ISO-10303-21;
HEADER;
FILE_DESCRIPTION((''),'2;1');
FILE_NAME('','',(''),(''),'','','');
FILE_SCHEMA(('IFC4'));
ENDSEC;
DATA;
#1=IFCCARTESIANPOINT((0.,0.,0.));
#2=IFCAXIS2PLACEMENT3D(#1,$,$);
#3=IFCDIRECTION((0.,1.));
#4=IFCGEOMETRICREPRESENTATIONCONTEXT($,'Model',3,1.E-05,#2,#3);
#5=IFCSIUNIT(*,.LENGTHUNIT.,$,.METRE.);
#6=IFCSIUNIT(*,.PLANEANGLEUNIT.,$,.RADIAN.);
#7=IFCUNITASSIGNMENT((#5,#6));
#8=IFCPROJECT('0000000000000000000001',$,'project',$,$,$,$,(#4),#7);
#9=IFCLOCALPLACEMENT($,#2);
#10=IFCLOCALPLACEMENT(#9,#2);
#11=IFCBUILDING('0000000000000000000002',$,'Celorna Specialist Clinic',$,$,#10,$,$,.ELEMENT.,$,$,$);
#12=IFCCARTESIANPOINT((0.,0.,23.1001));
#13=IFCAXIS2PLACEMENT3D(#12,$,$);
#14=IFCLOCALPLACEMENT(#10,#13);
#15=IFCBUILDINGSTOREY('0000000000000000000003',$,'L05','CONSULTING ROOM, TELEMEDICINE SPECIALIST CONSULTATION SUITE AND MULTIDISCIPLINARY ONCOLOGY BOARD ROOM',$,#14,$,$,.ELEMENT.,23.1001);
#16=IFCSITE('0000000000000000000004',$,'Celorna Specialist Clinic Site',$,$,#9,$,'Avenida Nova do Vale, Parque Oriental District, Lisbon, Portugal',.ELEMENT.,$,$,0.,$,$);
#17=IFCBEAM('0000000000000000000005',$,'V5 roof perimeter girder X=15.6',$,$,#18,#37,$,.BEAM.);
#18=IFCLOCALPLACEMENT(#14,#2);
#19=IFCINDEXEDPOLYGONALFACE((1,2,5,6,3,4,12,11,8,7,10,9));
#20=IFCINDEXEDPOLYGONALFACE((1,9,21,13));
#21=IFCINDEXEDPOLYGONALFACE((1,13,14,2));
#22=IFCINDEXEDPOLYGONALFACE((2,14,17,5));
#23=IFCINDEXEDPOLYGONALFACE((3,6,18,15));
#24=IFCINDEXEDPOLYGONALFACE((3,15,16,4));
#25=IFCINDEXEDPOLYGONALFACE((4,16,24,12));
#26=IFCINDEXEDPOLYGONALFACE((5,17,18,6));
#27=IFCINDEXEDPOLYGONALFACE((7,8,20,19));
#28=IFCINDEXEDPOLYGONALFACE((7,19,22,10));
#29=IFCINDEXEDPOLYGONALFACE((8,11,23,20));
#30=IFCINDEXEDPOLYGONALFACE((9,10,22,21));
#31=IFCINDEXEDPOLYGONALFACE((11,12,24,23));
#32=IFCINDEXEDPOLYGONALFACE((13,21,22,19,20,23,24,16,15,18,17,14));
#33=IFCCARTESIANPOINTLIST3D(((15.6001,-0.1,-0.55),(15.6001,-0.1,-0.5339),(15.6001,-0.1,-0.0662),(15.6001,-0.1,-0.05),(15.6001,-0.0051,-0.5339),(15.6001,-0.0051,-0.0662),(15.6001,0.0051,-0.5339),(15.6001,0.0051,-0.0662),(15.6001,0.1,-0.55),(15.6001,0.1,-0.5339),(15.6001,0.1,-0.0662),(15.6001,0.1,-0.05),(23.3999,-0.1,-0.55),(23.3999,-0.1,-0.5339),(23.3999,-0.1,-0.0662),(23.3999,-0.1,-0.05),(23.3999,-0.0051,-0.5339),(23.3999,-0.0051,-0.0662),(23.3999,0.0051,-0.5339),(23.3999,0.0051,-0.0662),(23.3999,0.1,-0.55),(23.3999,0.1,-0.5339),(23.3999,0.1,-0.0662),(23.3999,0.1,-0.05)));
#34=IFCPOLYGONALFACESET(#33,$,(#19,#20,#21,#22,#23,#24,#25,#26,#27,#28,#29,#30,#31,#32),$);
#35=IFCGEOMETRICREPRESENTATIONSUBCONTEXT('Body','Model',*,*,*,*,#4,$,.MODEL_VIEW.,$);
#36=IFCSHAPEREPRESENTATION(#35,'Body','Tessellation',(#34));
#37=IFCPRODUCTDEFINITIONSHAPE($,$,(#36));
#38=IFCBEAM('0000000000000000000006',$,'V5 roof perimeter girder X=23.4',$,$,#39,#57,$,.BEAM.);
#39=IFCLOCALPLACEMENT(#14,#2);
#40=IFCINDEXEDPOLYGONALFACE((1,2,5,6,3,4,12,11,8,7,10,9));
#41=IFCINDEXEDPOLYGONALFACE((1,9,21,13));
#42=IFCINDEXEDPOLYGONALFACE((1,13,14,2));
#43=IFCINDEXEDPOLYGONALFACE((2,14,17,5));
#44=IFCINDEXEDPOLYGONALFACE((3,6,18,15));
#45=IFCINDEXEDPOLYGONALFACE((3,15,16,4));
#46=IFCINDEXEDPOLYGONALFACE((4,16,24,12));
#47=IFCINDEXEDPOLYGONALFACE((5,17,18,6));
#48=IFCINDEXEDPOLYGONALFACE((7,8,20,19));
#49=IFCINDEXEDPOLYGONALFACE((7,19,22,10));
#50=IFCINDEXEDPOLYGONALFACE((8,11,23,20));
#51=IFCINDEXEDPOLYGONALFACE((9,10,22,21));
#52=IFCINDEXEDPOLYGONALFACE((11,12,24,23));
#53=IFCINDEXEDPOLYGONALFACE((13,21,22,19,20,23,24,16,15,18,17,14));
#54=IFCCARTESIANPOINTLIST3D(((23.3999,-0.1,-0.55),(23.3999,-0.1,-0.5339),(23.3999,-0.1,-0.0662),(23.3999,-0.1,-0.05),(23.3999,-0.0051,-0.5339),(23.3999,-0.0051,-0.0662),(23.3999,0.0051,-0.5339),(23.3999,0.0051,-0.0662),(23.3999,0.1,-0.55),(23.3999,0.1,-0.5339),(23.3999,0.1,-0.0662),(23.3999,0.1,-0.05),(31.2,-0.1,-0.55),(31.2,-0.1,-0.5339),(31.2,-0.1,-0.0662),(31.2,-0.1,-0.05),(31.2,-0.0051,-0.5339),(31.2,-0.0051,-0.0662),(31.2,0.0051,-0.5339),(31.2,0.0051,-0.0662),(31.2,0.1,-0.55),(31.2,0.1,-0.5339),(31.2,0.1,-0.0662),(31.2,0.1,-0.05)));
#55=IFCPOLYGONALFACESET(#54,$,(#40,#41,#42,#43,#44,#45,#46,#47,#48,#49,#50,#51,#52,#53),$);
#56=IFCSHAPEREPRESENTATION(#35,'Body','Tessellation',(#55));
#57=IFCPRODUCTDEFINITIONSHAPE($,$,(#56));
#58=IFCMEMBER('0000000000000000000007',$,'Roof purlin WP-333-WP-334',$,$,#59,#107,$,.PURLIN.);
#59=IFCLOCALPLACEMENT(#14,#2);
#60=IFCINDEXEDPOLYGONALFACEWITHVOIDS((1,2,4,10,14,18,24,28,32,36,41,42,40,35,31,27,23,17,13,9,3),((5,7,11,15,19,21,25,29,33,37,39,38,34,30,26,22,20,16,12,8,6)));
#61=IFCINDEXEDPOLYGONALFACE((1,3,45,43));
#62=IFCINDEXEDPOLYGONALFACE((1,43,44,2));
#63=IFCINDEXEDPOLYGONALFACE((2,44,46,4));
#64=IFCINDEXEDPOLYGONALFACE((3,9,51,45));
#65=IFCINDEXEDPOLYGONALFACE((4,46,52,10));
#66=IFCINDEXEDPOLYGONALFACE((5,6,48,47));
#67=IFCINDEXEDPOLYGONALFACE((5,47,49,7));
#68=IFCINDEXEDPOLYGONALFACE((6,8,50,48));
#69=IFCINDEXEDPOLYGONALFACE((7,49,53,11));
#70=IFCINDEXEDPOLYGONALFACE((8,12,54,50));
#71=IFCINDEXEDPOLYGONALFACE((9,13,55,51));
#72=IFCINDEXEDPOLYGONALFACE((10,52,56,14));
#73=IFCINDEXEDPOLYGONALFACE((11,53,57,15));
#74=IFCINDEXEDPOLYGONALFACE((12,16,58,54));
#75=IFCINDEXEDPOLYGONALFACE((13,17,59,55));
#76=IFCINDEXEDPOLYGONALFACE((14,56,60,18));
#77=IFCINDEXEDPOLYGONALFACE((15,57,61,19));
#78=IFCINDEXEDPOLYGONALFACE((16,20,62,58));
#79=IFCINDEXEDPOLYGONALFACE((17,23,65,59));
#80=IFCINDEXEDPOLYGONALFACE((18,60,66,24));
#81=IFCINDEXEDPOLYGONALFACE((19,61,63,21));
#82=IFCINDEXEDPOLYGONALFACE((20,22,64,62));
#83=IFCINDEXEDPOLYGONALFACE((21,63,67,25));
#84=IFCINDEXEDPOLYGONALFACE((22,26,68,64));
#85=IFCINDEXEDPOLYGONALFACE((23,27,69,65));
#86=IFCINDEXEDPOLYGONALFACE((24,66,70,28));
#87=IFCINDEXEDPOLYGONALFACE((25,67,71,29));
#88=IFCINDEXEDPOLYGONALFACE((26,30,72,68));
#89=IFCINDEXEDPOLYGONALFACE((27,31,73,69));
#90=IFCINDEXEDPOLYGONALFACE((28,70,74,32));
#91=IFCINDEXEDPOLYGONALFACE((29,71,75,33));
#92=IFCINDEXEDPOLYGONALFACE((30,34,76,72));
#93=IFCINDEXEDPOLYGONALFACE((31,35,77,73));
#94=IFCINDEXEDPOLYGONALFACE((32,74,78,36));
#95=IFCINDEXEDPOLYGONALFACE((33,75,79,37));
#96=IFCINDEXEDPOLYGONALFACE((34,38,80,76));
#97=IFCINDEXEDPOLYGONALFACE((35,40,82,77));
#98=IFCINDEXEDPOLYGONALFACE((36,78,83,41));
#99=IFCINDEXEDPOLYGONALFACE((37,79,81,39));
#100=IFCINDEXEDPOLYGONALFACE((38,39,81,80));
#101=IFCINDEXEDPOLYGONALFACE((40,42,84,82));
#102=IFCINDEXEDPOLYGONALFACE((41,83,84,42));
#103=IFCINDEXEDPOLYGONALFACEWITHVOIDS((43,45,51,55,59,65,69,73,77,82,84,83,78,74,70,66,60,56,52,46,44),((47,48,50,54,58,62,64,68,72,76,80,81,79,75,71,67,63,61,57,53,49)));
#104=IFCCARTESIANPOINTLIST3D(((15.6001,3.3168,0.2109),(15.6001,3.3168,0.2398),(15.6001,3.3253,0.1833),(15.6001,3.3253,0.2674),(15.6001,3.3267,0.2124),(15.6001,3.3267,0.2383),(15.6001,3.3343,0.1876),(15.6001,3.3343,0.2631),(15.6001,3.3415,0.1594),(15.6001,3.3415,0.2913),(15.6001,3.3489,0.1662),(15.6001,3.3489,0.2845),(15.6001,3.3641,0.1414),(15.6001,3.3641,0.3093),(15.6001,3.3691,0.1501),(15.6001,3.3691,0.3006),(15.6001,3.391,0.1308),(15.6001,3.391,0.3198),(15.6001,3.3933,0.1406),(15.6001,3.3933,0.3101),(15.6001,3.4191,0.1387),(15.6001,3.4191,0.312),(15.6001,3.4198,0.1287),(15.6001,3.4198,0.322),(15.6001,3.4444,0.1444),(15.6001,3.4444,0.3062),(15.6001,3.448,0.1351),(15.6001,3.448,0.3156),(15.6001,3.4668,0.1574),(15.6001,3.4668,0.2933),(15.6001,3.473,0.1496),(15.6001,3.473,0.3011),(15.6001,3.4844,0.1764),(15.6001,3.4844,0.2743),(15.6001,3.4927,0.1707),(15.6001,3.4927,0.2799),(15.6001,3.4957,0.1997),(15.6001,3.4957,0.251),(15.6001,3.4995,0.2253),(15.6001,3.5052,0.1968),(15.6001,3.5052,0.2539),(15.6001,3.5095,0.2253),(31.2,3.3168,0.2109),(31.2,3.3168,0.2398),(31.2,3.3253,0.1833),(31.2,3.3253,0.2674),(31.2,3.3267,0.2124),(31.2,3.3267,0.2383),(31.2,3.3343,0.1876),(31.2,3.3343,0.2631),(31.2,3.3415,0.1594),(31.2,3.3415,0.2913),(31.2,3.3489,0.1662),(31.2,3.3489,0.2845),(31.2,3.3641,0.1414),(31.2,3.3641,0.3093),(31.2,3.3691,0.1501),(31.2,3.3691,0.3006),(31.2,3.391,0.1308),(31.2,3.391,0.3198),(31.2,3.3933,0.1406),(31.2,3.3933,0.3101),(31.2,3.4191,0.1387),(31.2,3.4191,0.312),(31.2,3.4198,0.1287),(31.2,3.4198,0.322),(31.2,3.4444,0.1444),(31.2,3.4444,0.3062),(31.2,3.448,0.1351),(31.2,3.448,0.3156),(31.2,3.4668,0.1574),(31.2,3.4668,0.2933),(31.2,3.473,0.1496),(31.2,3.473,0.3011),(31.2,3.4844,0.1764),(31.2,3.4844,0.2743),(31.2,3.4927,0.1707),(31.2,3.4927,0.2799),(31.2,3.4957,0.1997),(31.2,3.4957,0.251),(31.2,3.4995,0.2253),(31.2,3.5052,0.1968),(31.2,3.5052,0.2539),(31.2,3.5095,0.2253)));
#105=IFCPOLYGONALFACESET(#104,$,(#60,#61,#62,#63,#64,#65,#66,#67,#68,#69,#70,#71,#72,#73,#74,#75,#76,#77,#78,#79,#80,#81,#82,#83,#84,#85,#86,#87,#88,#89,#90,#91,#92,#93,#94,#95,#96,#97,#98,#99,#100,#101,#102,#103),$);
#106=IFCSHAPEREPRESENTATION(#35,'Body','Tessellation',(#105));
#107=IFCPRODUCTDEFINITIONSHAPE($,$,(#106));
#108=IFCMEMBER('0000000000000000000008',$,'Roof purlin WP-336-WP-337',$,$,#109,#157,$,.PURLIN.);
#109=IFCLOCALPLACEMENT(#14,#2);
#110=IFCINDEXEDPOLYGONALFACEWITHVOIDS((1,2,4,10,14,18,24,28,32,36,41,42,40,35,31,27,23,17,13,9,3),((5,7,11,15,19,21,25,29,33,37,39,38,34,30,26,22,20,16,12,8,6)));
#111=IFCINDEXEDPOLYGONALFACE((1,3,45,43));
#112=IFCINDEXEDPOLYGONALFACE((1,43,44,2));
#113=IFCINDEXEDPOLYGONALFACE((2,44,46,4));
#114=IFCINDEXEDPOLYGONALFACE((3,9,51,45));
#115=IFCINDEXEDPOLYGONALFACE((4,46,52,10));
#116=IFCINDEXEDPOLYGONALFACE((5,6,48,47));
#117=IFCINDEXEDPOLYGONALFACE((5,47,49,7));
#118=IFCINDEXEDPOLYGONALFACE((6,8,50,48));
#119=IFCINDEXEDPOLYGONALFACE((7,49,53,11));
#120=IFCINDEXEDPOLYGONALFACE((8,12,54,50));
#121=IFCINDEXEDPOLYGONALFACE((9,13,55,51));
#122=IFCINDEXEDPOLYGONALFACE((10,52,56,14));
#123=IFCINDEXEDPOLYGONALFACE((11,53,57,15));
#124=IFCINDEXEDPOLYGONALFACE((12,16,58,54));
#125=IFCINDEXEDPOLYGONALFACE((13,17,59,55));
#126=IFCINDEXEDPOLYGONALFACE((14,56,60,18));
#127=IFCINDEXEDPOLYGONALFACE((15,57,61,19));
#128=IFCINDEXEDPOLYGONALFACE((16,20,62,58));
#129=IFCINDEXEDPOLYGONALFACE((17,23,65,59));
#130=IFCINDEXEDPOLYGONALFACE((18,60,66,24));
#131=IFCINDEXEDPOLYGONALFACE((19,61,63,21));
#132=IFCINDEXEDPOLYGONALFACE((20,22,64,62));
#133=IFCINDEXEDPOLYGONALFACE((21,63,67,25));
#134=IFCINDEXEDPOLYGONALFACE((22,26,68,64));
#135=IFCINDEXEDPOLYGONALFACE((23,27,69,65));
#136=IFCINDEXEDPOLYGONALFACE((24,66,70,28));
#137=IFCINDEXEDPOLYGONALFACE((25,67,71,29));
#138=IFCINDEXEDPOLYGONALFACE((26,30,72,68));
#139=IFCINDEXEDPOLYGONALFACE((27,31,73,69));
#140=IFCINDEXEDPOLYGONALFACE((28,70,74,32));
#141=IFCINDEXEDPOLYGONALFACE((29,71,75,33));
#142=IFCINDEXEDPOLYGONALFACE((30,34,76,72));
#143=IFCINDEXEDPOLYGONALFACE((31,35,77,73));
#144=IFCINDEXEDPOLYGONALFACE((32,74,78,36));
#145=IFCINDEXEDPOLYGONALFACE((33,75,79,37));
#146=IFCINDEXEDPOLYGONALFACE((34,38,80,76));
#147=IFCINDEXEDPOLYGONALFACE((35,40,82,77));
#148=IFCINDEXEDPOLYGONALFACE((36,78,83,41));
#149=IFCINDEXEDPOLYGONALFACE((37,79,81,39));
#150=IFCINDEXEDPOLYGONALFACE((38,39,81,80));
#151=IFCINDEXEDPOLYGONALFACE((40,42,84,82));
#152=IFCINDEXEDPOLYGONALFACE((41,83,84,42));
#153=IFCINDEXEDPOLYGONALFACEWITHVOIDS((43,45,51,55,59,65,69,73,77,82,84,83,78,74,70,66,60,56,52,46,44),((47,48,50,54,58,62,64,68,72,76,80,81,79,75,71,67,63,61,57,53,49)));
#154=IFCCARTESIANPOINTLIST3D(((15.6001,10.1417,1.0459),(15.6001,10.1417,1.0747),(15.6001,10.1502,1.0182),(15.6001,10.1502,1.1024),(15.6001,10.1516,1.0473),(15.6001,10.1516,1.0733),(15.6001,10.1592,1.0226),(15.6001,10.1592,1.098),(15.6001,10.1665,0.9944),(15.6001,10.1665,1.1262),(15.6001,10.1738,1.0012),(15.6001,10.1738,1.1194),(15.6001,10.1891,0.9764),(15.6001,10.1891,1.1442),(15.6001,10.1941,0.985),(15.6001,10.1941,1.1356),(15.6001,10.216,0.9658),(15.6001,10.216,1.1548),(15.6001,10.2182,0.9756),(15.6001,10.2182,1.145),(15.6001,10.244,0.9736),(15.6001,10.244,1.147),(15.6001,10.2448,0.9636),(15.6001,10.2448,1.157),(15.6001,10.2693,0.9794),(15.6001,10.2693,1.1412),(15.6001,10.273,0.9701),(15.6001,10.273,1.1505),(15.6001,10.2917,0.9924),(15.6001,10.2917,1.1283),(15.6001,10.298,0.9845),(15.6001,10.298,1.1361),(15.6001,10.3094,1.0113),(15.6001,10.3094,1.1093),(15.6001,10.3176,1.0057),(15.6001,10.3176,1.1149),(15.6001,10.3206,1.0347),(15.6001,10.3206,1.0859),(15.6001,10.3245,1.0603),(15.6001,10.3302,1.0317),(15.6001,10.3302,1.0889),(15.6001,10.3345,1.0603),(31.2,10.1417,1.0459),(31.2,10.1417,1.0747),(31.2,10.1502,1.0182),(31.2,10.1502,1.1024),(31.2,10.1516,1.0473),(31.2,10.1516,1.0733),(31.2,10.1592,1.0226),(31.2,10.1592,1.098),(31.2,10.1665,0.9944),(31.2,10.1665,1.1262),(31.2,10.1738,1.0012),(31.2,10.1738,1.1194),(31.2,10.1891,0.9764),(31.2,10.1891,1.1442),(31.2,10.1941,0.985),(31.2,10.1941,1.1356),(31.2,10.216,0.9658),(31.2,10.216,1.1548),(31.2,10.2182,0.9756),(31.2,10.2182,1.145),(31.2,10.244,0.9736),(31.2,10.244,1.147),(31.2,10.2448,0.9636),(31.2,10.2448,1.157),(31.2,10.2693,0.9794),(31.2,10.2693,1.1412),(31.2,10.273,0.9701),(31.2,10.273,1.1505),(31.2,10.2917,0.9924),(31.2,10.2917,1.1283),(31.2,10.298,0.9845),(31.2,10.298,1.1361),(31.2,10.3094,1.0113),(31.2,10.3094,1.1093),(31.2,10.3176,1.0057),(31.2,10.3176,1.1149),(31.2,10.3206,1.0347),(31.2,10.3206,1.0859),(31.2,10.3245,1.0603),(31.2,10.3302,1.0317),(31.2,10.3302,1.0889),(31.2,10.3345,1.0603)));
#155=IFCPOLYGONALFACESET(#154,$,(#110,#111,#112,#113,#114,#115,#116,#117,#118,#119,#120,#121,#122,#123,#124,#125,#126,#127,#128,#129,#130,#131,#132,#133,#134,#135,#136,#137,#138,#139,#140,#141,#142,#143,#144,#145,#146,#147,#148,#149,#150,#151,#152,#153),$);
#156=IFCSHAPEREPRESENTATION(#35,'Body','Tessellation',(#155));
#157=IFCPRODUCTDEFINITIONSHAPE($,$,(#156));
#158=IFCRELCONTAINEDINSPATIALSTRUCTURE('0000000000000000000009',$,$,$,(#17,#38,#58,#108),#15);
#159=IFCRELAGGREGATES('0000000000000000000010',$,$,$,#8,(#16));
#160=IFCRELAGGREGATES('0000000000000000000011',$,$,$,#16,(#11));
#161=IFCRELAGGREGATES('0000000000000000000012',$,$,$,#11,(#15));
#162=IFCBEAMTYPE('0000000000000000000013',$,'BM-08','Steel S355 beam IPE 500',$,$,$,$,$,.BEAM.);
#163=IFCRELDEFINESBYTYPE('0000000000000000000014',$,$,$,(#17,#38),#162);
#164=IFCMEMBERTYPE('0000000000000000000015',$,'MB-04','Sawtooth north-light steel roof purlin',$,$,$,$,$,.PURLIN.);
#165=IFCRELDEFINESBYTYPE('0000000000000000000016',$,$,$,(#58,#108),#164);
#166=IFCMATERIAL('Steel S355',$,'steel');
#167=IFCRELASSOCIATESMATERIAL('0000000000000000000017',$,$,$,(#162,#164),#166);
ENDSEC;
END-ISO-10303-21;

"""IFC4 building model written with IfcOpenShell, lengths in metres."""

from ifc_helpers import new_model, si_unit, direction, frame, origin, origin_2d, place, context, subcontext, project, spatial, hollow_circle, i_section, extrude, material, material_profile, profile_set, type_object, element, save


model = new_model("IFC4")

# Units and contexts
model_context = context("Model", 3, precision=1e-05, world=origin(), true_north=direction((0.0, 1.0)))
body_context = subcontext(model_context, "Body", "Model", "MODEL_VIEW")
ifc_project = project(units=[si_unit("LENGTHUNIT", "METRE"), si_unit("PLANEANGLEUNIT", "RADIAN")], contexts=[model_context])

# Site, building, storey
site_placement = place(None, origin())
site = spatial("IfcSite", under=ifc_project, at=site_placement, Name="Celorna Specialist Clinic Site", LongName="Avenida Nova do Vale, Parque Oriental District, Lisbon, Portugal", CompositionType="ELEMENT", RefElevation=0.0)
building_placement = place(site_placement, origin())
building = spatial("IfcBuilding", under=site, at=building_placement, Name="Celorna Specialist Clinic", CompositionType="ELEMENT")
storey_placement = place(building_placement, frame((0.0, 0.0, 23.1001)))
storey = spatial("IfcBuildingStorey", under=building, at=storey_placement, Name="L05", Description="CONSULTING ROOM, TELEMEDICINE SPECIALIST CONSULTATION SUITE AND MULTIDISCIPLINARY ONCOLOGY BOARD ROOM", CompositionType="ELEMENT", Elevation=23.1001)

# Beams
ifc_material_1 = material(Name="Steel S355", Category="steel")
ifc_material_profile_1 = material_profile(ifc_material_1, i_section(OverallWidth=0.2, OverallDepth=0.5, WebThickness=0.0103, FlangeThickness=0.0161, at=origin_2d()), Name="IPE 500")
ifc_profile_set_1 = profile_set([ifc_material_profile_1], Name="Steel S355")
beam_type = type_object("IfcBeamType", Name="BM-08", Description="Steel S355 beam IPE 500", PredefinedType="BEAM", material=ifc_profile_set_1)
beam_1_placement = place(storey_placement, frame((15.6001, 0.0, -0.3), z_axis=(1.0, 0.0, 0.0), x_axis=(0.0, 1.0, 0.0)))
element("IfcBeam", 1, at=beam_1_placement, inside=storey, type_object=beam_type, Name="V5 roof perimeter girder X=15.6", PredefinedType="BEAM", context=body_context, shape_type="SweptSolid", body=[
    extrude(i_section(OverallWidth=0.2, OverallDepth=0.5, WebThickness=0.0103, FlangeThickness=0.0161, at=origin_2d()), origin(), (0.0, 0.0, 1.0), 7.7998),
])
beam_2_placement = place(storey_placement, frame((23.3999, 0.0, -0.3), z_axis=(1.0, 0.0, 0.0), x_axis=(0.0, 1.0, 0.0)))
element("IfcBeam", 2, at=beam_2_placement, inside=storey, type_object=beam_type, Name="V5 roof perimeter girder X=23.4", PredefinedType="BEAM", context=body_context, shape_type="SweptSolid", body=[
    extrude(i_section(OverallWidth=0.2, OverallDepth=0.5, WebThickness=0.0103, FlangeThickness=0.0161, at=origin_2d()), origin(), (0.0, 0.0, 1.0), 7.8),
])

# Members
ifc_material_profile_2 = material_profile(ifc_material_1, hollow_circle(Radius=0.0969, WallThickness=0.01, at=origin_2d()), Name="CHS 193.7x10")
ifc_profile_set_2 = profile_set([ifc_material_profile_2], Name="Steel S355")
member_type_1 = type_object("IfcMemberType", Name="MB-04", Description="Sawtooth north-light steel roof purlin", PredefinedType="PURLIN", material=ifc_profile_set_2)
for number, where, z_axis, x_axis, name in (
    (3, (15.6001, 3.4126, 0.2253), (1.0, 0.0, 0.0), (0.0, 1.0, 0.0), "Roof purlin WP-333-WP-334"),
    (4, (15.6001, 10.2375, 1.0603), (1.0, 0.0, 0.0), (0.0, 1.0, 0.0), "Roof purlin WP-336-WP-337"),
):
    element("IfcMember", number, at=place(storey_placement, frame(where, z_axis=z_axis, x_axis=x_axis)), inside=storey, type_object=member_type_1, Name=name, PredefinedType="PURLIN", context=body_context, shape_type="SweptSolid", body=[
        extrude(hollow_circle(Radius=0.0969, WallThickness=0.01, at=origin_2d()), origin(), (0.0, 0.0, 1.0), 15.5999),
    ])

save(model, "model.ifc")
